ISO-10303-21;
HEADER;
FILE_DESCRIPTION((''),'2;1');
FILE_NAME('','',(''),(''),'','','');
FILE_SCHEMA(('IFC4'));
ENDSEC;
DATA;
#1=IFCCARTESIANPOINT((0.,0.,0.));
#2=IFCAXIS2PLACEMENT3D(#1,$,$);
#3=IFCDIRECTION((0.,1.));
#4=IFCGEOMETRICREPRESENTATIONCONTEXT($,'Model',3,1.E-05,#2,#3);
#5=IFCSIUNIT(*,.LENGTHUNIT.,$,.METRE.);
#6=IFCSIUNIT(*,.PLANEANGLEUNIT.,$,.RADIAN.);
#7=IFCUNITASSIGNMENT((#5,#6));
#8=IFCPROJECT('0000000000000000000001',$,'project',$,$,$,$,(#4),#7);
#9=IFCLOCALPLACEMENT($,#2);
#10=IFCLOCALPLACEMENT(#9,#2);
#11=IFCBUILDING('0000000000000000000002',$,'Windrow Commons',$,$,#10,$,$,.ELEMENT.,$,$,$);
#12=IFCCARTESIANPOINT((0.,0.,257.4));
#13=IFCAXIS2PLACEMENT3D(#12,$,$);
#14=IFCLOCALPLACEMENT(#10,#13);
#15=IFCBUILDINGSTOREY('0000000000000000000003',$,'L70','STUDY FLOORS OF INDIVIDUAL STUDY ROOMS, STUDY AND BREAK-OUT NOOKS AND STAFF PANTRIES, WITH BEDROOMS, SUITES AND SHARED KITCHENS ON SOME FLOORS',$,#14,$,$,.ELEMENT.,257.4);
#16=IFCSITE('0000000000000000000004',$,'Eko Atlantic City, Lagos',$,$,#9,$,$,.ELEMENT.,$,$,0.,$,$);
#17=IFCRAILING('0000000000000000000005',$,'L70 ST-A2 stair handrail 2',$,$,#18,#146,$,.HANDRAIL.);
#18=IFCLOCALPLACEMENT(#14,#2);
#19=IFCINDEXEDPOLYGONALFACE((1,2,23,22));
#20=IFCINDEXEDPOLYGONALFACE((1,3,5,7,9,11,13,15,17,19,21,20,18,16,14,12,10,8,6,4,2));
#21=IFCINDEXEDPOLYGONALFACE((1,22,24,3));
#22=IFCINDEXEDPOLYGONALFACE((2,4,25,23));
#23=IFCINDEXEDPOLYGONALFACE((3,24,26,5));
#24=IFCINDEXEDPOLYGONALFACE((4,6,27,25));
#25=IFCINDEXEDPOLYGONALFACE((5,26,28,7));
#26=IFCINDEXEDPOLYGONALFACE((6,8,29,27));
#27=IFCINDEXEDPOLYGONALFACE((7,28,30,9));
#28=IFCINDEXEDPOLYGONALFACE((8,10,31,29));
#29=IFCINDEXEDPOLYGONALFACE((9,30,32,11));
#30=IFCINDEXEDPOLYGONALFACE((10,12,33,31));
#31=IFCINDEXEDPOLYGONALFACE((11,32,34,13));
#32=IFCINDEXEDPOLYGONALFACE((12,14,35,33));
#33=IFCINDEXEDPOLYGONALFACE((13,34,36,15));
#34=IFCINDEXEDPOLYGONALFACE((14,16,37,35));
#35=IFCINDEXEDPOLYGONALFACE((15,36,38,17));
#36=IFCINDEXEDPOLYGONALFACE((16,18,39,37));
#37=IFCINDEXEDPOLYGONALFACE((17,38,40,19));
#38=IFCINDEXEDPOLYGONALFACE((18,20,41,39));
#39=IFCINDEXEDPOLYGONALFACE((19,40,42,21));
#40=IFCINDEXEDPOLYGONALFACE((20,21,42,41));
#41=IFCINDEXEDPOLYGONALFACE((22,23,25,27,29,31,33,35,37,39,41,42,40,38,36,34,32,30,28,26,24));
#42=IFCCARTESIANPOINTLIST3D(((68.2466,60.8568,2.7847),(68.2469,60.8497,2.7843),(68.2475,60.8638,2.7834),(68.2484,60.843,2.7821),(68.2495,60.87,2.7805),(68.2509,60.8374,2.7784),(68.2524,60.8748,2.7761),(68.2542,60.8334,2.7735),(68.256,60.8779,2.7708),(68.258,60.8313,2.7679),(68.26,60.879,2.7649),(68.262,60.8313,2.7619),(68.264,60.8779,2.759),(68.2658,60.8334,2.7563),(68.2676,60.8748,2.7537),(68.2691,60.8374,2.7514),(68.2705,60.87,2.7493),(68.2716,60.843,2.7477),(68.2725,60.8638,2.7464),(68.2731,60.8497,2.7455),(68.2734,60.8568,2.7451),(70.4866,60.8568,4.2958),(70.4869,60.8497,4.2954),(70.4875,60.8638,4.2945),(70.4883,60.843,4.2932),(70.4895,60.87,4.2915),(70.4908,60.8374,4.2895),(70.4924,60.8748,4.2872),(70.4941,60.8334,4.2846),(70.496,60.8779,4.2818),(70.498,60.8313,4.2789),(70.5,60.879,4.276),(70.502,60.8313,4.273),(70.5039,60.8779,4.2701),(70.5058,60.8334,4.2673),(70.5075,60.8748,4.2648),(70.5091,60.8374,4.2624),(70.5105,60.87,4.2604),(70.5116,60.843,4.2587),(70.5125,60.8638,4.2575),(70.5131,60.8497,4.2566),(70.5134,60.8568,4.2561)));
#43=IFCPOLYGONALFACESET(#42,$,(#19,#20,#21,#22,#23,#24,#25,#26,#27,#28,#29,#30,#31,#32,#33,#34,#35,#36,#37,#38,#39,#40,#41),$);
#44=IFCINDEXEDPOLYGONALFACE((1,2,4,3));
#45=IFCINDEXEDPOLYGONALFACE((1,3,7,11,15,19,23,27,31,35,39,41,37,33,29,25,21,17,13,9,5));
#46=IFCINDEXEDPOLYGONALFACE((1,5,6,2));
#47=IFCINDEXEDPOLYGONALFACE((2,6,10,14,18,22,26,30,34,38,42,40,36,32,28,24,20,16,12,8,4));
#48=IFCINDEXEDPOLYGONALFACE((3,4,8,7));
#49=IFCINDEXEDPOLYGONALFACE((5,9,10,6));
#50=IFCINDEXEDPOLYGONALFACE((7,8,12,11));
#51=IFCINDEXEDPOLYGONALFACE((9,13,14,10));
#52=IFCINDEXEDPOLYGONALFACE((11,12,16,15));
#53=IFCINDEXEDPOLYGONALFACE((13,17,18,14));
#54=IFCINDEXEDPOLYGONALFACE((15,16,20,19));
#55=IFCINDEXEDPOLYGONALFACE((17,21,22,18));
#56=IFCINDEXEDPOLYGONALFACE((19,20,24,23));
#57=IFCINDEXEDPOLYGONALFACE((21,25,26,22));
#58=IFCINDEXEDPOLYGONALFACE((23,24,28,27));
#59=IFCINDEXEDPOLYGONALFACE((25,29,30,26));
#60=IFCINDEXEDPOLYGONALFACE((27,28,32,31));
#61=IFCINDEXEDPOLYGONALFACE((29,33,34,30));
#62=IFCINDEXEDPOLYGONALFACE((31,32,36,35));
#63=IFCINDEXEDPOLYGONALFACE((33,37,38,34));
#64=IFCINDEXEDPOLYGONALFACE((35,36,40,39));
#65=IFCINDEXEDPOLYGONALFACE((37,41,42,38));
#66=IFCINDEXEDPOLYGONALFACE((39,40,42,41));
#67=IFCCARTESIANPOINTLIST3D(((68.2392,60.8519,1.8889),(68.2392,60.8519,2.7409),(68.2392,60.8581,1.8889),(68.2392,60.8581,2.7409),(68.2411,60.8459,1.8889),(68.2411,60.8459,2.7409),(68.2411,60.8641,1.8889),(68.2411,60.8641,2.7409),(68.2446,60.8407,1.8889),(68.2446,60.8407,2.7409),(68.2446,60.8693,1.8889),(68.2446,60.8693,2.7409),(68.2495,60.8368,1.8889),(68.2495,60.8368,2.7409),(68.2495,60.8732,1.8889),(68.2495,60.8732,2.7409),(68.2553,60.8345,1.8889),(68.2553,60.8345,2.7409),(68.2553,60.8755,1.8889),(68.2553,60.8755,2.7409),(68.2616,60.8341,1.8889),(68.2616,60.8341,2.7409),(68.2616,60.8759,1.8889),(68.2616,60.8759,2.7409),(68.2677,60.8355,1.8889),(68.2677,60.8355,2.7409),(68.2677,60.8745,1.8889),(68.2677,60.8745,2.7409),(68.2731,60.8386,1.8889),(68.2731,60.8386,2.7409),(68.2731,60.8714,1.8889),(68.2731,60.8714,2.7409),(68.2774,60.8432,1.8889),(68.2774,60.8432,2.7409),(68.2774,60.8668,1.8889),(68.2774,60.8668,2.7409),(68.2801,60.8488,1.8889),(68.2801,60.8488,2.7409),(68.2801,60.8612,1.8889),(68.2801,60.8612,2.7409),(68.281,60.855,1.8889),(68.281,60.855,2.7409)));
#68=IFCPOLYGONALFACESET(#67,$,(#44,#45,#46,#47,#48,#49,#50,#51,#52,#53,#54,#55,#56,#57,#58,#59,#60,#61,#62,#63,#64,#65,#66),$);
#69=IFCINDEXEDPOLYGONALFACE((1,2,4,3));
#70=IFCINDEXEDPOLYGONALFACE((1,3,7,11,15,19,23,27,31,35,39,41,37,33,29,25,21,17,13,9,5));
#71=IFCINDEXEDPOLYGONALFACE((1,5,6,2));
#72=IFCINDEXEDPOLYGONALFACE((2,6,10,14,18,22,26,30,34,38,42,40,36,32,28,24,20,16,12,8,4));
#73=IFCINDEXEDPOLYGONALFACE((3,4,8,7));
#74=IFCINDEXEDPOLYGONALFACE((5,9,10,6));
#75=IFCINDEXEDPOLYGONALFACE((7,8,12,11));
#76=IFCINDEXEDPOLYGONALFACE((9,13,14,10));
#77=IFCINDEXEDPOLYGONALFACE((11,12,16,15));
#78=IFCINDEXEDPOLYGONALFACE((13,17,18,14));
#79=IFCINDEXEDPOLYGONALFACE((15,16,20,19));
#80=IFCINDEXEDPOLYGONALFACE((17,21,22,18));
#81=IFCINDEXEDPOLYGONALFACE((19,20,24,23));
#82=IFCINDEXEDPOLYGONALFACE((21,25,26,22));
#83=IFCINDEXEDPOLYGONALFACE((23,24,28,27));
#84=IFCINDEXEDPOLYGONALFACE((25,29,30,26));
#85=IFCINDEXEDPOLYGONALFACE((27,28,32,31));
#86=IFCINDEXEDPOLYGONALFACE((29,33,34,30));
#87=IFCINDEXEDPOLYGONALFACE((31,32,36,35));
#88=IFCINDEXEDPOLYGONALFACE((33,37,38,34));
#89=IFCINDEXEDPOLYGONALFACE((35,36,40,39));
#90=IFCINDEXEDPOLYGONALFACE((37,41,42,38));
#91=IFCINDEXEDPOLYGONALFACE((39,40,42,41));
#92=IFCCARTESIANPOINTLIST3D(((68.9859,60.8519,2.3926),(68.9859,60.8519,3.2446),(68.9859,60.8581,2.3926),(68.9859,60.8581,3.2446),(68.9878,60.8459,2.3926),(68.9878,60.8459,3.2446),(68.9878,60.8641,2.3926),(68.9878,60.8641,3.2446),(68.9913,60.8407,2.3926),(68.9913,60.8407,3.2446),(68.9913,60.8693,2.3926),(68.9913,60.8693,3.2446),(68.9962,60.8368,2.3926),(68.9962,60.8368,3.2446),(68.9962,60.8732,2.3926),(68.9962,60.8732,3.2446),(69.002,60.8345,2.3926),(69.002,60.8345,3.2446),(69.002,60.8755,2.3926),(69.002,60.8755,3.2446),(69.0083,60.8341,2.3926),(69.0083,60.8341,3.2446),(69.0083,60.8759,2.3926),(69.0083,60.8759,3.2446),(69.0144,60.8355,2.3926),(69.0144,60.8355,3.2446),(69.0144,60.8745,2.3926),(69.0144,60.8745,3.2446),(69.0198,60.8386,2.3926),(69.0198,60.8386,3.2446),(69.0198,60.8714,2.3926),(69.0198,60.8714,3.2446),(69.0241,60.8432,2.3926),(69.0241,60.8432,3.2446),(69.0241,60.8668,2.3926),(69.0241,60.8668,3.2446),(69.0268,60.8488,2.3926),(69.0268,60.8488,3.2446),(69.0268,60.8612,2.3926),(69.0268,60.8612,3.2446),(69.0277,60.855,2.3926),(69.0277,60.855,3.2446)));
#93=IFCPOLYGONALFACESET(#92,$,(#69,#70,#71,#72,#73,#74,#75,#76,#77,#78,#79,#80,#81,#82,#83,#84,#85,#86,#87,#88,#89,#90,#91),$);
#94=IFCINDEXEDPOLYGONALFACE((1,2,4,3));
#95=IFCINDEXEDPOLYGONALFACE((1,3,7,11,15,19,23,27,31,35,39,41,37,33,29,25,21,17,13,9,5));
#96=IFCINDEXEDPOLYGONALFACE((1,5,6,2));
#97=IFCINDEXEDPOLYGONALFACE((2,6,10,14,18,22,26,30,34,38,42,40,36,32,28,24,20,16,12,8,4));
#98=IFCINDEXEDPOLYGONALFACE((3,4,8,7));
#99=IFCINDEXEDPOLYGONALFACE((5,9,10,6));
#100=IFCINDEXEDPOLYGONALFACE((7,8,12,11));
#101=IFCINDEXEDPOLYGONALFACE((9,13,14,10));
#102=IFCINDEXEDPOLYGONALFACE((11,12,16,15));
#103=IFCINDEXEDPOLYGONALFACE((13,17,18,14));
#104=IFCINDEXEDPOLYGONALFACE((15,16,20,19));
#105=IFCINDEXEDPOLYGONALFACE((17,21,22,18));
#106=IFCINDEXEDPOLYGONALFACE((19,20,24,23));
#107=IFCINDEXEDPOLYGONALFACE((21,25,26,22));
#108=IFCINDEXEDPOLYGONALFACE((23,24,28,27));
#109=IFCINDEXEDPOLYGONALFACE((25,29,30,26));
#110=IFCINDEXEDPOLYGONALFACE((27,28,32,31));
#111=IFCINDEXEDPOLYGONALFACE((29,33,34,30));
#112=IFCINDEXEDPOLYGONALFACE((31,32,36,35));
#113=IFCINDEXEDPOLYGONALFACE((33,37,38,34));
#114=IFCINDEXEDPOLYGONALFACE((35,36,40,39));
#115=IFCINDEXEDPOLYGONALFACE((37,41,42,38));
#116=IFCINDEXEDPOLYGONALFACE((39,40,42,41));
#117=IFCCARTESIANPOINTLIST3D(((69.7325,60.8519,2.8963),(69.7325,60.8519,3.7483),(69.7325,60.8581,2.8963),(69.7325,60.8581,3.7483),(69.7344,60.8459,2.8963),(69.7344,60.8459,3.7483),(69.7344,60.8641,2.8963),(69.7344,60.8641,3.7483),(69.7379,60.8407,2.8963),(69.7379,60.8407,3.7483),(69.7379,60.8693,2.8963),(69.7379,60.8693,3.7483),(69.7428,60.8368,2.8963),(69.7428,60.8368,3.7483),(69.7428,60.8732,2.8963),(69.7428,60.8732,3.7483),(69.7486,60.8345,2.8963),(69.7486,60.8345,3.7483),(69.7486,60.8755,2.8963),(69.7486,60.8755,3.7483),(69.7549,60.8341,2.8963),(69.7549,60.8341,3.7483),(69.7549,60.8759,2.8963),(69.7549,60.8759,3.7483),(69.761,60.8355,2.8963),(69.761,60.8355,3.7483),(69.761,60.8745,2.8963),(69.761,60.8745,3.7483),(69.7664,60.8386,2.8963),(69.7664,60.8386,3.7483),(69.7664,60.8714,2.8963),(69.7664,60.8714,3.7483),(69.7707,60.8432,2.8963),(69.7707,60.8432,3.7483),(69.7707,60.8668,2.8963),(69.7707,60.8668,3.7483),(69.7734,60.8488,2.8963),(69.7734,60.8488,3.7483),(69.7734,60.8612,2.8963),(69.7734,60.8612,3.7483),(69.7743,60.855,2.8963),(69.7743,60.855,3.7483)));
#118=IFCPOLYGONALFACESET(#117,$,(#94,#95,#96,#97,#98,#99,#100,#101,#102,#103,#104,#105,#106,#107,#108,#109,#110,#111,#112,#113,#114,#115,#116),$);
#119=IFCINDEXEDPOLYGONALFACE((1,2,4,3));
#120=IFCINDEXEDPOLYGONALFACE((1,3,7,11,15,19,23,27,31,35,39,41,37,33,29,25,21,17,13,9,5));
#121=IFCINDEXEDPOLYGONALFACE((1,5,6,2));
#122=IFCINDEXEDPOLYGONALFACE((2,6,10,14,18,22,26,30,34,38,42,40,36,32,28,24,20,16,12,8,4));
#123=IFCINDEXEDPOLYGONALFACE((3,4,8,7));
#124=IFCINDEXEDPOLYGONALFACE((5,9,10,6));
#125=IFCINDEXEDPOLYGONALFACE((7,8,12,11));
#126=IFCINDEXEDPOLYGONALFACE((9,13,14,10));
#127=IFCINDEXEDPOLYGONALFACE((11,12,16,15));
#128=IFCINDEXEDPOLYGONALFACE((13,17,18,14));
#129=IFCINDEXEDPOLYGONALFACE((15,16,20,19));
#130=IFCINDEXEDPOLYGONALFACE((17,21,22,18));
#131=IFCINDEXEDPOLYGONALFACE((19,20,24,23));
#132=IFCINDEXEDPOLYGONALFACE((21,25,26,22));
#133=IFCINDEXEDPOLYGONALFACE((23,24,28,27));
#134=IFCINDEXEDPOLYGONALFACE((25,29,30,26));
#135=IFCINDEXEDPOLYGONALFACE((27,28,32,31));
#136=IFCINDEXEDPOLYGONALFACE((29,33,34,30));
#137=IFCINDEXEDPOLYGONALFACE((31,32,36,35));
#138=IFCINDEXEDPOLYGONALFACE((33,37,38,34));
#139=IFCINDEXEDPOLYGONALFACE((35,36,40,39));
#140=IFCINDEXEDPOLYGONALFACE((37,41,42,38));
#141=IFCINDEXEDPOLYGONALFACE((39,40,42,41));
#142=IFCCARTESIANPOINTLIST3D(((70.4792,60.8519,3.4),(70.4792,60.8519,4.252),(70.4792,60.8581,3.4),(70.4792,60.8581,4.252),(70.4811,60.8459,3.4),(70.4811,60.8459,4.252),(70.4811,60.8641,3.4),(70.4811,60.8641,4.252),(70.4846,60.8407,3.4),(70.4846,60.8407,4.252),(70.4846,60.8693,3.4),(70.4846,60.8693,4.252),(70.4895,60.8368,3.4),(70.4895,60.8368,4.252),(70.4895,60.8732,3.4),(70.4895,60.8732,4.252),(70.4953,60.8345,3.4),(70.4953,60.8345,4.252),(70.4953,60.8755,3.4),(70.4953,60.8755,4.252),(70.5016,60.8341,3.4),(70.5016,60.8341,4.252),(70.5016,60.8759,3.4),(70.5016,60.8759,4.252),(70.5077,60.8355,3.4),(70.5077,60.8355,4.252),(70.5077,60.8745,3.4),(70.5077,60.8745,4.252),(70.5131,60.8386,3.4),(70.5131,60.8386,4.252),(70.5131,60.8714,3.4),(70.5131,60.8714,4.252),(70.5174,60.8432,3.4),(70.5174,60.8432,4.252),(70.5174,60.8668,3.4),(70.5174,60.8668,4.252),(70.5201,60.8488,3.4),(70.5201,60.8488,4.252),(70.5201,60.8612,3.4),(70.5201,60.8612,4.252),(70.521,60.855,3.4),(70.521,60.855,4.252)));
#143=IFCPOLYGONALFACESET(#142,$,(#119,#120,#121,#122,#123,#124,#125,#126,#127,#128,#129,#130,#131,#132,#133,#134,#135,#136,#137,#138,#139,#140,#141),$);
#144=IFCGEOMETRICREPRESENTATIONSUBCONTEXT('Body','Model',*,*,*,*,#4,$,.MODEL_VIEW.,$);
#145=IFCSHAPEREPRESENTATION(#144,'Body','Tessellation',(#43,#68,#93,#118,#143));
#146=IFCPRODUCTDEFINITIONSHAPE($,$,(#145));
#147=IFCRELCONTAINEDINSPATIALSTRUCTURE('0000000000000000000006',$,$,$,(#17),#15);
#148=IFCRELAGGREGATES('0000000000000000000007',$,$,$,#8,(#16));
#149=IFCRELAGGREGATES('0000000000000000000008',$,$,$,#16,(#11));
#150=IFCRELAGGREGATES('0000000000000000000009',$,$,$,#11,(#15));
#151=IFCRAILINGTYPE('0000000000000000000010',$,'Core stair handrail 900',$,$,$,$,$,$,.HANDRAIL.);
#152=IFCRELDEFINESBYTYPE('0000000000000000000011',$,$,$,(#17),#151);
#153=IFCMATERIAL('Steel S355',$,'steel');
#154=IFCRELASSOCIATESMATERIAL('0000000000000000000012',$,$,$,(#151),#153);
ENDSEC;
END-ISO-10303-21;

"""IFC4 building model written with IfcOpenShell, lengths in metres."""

from ifc_helpers import new_model, si_unit, direction, frame, origin, origin_2d, place, context, subcontext, project, spatial, circle, extrude, material, type_object, element, save


model = new_model("IFC4")

# Units and contexts
model_context = context("Model", 3, precision=1e-05, world=origin(), true_north=direction((0.0, 1.0)))
body_context = subcontext(model_context, "Body", "Model", "MODEL_VIEW")
ifc_project = project(units=[si_unit("LENGTHUNIT", "METRE"), si_unit("PLANEANGLEUNIT", "RADIAN")], contexts=[model_context])

# Site, building, storey
site_placement = place(None, origin())
site = spatial("IfcSite", under=ifc_project, at=site_placement, Name="Eko Atlantic City, Lagos", CompositionType="ELEMENT", RefElevation=0.0)
building_placement = place(site_placement, origin())
building = spatial("IfcBuilding", under=site, at=building_placement, Name="Windrow Commons", CompositionType="ELEMENT")
storey_placement = place(building_placement, frame((0.0, 0.0, 257.4)))
storey = spatial("IfcBuildingStorey", under=building, at=storey_placement, Name="L70", Description="STUDY FLOORS OF INDIVIDUAL STUDY ROOMS, STUDY AND BREAK-OUT NOOKS AND STAFF PANTRIES, WITH BEDROOMS, SUITES AND SHARED KITCHENS ON SOME FLOORS", CompositionType="ELEMENT", Elevation=257.4)

# Railing
ifc_material_1 = material(Name="Steel S355", Category="steel")
railing_type_1 = type_object("IfcRailingType", Name="Core stair handrail 900", PredefinedType="HANDRAIL", material=ifc_material_1)
for number, where, name in (
    (1, (68.26, 60.855, 1.8889), "L70 ST-A2 stair handrail 2"),
):
    element("IfcRailing", number, at=place(storey_placement, frame(where)), inside=storey, type_object=railing_type_1, Name=name, PredefinedType="HANDRAIL", context=body_context, shape_type="SweptSolid", body=[
        extrude(circle(Radius=0.024, at=origin_2d()), frame((0.0, 0.0, 0.876), z_axis=(0.829003, 0.0, 0.559244), x_axis=(0.0, 1.0, 0.0)), (0.0, 0.0, 1.0), 2.702),
        extrude(circle(Radius=0.021, at=origin_2d()), origin(), (0.0, 0.0, 1.0), 0.852),
        extrude(circle(Radius=0.021, at=origin_2d()), frame((0.7467, 0.0, 0.5037)), (0.0, 0.0, 1.0), 0.852),
        extrude(circle(Radius=0.021, at=origin_2d()), frame((1.4933, 0.0, 1.0074)), (0.0, 0.0, 1.0), 0.852),
        extrude(circle(Radius=0.021, at=origin_2d()), frame((2.24, 0.0, 1.5111)), (0.0, 0.0, 1.0), 0.852),
    ])

save(model, "model.ifc")
